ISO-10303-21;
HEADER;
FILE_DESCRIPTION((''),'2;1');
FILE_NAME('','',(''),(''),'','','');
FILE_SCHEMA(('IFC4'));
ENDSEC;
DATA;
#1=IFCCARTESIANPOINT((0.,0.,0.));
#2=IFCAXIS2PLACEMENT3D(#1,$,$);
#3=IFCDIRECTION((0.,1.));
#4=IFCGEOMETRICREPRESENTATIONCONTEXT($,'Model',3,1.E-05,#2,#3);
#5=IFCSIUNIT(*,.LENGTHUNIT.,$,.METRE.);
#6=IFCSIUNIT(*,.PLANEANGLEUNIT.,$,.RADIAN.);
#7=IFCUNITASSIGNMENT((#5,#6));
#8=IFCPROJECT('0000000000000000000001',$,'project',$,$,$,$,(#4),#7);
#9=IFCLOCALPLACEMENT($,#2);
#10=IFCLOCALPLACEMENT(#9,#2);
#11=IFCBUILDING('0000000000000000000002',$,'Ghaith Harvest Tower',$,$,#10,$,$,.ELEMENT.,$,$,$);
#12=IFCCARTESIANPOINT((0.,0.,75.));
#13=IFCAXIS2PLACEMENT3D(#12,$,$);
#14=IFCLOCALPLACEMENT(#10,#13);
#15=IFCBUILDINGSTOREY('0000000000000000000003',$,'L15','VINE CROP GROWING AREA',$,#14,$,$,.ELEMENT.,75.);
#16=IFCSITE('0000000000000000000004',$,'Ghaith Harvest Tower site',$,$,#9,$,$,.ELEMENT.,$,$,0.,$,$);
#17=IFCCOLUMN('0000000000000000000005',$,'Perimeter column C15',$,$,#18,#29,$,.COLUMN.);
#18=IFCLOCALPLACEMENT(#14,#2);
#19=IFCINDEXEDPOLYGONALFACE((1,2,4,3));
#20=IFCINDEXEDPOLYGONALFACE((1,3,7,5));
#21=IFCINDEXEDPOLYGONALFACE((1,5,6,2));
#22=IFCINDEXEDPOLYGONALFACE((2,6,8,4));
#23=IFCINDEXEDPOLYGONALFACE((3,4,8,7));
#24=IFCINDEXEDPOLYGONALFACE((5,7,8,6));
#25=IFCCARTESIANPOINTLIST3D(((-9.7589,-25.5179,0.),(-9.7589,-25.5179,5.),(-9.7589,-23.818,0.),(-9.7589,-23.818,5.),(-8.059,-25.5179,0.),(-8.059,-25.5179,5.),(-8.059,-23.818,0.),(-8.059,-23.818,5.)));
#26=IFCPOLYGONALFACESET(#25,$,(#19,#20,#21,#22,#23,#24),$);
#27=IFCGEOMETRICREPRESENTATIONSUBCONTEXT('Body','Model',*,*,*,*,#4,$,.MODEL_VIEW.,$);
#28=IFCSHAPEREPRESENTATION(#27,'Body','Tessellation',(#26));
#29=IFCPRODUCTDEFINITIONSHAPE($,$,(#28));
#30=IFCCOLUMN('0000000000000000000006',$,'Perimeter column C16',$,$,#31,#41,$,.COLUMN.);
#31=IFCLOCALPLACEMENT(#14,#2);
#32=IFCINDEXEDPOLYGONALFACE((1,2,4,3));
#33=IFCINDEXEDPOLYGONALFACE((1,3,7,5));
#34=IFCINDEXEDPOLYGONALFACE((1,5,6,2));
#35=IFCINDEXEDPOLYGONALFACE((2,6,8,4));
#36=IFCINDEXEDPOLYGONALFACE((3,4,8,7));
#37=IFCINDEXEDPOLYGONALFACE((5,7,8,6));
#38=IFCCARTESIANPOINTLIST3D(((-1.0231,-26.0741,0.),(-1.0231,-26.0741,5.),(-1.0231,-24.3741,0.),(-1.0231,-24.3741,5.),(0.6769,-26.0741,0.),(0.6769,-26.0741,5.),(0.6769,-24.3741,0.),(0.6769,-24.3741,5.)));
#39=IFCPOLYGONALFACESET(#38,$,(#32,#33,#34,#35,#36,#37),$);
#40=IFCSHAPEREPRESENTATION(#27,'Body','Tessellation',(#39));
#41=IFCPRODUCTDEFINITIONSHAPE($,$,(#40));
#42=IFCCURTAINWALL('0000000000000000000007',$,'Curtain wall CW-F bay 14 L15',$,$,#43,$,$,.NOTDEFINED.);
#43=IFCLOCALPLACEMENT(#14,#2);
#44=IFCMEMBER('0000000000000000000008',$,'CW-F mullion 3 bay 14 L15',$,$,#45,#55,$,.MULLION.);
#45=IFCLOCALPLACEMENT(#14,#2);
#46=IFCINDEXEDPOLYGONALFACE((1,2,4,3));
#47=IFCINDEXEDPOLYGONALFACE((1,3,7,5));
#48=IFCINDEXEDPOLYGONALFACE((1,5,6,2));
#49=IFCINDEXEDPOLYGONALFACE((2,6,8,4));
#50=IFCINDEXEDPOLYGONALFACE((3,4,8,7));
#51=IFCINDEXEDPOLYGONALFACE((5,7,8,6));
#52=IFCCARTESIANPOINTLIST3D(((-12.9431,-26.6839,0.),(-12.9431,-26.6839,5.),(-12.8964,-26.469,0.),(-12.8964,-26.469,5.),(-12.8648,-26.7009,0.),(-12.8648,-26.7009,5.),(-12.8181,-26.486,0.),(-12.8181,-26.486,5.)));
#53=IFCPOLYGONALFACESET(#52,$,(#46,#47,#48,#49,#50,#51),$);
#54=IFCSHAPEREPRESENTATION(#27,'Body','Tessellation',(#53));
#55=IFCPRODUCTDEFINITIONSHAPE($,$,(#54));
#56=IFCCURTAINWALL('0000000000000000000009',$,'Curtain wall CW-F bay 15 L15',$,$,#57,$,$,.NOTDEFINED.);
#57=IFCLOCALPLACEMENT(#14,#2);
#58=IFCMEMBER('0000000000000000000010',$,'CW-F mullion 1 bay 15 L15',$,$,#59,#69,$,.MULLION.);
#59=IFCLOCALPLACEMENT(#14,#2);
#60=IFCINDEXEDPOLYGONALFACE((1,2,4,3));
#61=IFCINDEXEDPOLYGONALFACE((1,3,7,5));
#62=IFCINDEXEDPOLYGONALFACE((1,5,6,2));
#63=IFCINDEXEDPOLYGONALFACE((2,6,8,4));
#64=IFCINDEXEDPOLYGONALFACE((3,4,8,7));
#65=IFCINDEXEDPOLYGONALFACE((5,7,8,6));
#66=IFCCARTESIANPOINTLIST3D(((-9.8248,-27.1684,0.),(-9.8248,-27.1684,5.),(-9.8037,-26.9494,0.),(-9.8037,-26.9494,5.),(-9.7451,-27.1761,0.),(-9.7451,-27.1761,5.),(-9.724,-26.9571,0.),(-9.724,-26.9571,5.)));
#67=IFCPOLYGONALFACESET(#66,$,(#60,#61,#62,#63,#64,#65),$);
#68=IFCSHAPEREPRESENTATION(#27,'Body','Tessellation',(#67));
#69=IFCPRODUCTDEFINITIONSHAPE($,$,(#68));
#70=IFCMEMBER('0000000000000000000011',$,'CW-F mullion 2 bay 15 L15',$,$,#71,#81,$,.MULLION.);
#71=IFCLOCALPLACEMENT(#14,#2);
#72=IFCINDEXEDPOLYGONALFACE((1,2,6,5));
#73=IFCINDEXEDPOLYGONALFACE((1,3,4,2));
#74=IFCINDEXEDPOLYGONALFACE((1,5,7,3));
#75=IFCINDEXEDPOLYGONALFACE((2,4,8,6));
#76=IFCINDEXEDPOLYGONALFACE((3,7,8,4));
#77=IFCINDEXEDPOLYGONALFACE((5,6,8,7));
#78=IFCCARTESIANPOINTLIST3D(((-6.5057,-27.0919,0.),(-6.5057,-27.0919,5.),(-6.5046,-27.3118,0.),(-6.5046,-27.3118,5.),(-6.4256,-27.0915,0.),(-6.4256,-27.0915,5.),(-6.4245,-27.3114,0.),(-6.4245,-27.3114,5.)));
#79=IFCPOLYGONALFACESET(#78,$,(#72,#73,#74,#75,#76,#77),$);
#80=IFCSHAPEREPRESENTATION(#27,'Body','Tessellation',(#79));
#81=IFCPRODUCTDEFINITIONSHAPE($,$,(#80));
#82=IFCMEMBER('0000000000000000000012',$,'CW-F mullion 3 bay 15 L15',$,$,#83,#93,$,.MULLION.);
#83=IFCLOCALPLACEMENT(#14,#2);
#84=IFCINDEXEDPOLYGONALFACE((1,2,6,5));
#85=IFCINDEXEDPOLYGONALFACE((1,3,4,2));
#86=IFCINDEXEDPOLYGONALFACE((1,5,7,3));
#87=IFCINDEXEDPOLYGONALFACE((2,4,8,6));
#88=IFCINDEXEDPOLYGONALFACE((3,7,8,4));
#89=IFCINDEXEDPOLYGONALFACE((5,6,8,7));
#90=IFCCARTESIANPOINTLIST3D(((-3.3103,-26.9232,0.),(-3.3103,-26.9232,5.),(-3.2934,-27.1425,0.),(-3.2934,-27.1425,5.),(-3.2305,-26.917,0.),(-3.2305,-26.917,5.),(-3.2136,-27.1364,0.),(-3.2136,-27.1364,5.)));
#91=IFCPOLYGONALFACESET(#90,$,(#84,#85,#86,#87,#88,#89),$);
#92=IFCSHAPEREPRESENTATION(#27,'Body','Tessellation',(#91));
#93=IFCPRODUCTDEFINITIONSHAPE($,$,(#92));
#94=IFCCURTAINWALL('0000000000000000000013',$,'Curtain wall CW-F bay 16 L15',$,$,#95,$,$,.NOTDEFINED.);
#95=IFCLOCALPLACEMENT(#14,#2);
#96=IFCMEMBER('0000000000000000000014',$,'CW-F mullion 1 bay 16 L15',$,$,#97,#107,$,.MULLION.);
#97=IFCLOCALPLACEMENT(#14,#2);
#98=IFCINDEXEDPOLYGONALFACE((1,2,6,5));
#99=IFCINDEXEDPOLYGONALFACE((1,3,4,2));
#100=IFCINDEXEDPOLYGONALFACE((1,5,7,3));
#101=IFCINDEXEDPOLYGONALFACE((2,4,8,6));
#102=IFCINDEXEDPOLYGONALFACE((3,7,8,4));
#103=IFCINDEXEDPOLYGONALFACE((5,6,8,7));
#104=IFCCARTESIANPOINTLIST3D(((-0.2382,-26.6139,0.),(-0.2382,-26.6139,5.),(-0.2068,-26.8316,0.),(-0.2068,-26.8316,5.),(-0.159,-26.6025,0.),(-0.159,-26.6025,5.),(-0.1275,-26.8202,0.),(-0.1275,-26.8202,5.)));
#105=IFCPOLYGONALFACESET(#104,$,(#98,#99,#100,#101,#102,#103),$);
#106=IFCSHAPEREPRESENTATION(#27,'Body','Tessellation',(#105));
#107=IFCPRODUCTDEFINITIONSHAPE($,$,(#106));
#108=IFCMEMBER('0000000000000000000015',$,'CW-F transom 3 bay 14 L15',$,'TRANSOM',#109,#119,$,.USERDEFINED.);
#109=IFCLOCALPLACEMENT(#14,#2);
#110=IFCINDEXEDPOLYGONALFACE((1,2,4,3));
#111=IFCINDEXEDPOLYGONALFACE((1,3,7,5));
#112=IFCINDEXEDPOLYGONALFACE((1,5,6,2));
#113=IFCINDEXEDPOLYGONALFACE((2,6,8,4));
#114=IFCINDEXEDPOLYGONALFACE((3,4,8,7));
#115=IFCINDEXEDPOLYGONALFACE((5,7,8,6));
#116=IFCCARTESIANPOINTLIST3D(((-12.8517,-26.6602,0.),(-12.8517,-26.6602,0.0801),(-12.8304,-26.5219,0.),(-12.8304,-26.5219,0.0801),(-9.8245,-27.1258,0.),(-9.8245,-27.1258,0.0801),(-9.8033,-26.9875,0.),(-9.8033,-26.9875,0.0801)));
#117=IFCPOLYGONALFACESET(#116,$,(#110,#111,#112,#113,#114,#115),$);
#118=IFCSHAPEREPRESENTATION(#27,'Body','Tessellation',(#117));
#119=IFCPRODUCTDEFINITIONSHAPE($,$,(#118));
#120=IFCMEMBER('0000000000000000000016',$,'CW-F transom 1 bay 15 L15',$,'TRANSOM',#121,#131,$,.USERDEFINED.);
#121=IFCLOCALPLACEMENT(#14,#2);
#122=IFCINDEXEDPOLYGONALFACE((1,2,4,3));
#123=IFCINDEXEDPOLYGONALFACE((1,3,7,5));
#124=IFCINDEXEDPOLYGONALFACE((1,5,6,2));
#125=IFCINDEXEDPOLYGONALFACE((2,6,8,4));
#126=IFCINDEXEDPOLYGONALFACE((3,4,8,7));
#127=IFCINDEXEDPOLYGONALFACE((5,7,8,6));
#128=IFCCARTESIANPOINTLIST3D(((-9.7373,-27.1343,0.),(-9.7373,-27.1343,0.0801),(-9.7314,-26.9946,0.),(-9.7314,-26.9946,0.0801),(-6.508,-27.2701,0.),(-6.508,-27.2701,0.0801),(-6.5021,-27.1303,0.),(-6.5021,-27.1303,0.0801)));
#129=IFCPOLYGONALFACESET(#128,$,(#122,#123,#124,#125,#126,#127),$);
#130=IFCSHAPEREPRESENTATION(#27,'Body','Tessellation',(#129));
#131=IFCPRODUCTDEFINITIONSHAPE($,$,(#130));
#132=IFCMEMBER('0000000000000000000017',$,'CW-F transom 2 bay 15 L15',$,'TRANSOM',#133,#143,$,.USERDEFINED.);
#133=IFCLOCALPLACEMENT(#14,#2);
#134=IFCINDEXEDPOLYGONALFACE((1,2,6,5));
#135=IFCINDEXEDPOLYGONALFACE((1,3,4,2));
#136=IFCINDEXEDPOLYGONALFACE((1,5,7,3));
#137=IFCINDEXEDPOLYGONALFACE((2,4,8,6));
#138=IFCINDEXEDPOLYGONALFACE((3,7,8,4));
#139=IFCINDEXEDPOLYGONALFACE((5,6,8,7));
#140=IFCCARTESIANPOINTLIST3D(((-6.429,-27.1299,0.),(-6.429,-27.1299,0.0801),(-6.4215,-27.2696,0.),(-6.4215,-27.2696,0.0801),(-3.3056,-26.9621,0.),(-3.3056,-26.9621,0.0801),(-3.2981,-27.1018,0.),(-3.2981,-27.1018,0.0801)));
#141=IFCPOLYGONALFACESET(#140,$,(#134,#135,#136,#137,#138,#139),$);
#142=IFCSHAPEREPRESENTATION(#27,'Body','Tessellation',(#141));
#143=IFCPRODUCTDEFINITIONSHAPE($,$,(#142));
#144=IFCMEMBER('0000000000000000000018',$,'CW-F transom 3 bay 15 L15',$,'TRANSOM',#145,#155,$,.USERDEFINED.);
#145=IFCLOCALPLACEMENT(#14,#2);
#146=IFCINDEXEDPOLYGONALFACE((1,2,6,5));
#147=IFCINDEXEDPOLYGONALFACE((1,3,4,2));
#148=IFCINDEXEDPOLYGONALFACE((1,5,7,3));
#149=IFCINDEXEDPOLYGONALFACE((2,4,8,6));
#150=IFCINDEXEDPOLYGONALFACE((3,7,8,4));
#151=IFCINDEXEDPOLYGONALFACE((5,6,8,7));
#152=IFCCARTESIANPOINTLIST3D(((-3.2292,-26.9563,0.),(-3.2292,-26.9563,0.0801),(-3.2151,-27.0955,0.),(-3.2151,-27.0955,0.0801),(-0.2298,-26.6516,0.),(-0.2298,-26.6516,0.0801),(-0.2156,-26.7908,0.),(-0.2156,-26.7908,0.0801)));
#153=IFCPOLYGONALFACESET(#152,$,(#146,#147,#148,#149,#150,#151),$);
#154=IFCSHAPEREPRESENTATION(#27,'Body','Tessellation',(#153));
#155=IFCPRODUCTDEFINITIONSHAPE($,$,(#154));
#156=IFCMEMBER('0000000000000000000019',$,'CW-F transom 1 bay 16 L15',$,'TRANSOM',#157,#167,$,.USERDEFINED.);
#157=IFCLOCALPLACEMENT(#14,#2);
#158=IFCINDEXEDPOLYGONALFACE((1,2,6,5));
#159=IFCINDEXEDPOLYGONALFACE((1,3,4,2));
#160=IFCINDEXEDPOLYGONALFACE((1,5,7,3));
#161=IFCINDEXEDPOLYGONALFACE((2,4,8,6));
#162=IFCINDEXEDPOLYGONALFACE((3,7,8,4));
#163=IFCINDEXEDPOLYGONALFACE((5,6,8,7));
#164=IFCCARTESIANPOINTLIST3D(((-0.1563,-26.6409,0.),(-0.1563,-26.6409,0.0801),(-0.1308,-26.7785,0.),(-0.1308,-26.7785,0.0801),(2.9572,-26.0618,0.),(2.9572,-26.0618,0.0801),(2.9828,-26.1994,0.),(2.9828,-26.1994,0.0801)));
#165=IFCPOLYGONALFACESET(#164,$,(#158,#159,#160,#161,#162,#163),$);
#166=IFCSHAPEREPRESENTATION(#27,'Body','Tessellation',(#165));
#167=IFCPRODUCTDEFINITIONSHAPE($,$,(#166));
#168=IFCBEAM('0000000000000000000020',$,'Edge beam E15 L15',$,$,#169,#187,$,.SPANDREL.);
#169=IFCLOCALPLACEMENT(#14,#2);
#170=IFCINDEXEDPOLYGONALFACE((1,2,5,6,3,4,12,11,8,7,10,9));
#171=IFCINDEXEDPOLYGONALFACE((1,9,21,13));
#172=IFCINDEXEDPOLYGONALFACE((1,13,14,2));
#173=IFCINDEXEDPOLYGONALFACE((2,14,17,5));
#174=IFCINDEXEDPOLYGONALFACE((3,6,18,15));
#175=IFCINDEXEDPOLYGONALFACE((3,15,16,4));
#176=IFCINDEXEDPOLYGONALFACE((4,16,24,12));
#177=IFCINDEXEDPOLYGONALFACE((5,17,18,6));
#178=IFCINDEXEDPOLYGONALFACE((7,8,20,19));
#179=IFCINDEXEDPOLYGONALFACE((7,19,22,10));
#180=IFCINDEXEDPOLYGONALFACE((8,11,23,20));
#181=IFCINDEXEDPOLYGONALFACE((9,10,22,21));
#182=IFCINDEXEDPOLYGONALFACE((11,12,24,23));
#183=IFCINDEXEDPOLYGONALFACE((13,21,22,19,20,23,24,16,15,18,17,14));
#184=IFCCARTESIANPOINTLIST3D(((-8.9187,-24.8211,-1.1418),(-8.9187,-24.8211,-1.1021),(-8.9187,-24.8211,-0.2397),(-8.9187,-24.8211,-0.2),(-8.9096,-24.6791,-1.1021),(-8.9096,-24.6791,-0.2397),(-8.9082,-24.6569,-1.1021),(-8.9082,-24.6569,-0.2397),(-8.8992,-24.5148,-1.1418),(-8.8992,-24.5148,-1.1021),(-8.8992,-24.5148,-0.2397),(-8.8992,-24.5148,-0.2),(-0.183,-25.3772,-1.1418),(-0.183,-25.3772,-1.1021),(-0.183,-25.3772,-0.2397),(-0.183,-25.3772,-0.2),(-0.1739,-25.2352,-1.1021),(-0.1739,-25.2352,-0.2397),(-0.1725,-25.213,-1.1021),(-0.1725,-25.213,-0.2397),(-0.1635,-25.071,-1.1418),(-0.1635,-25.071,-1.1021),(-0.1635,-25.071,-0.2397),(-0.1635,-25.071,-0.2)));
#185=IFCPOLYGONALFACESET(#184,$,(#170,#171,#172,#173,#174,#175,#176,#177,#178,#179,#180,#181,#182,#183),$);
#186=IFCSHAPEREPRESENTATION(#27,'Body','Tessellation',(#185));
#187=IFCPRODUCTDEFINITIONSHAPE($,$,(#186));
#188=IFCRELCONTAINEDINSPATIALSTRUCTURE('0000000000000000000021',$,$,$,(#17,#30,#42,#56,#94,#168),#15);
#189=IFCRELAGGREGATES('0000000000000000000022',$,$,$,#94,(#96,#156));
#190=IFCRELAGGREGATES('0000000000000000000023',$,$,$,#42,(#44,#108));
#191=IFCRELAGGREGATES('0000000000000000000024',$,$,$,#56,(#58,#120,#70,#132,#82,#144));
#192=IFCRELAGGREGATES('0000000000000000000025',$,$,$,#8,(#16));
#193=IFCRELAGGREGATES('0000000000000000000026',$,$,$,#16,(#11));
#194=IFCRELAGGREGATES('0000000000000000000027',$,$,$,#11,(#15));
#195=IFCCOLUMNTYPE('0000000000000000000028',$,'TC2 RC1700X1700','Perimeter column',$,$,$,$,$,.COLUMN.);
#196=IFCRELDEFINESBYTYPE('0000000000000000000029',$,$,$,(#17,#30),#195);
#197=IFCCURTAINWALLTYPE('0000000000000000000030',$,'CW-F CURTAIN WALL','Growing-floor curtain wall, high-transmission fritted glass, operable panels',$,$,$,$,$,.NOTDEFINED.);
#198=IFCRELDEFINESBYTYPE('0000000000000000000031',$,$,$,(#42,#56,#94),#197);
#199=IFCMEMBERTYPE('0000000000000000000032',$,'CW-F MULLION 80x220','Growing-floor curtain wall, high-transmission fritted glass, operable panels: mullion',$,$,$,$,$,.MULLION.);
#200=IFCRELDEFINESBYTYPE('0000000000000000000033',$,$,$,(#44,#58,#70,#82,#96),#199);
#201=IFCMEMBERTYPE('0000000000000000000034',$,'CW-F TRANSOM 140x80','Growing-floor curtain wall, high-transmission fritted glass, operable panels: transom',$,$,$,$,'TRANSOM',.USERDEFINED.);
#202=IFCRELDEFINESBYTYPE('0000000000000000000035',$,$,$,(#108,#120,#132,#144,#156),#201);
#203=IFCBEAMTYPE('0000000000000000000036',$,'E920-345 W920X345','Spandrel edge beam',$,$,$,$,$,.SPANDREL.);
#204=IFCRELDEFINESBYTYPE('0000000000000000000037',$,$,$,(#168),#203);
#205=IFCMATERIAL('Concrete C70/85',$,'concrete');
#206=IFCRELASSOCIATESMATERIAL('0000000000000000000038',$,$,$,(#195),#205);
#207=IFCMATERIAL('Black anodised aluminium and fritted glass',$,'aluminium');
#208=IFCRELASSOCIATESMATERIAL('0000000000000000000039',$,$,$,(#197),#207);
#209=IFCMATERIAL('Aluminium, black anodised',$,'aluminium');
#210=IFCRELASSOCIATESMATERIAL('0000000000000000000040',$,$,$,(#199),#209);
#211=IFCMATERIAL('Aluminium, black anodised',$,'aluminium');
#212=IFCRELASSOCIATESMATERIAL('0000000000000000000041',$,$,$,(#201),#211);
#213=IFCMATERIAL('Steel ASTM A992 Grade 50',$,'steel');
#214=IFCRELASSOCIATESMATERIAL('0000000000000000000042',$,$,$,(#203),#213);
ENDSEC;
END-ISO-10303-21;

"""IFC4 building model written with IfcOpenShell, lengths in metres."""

from ifc_helpers import new_model, si_unit, direction, frame, origin, origin_2d, place, context, subcontext, project, spatial, rectangle, i_section, extrude, material, material_profile, profile_set, type_object, element, aggregate, save


model = new_model("IFC4")

# Units and contexts
model_context = context("Model", 3, precision=1e-05, world=origin(), true_north=direction((0.0, 1.0)))
body_context = subcontext(model_context, "Body", "Model", "MODEL_VIEW")
ifc_project = project(units=[si_unit("LENGTHUNIT", "METRE"), si_unit("PLANEANGLEUNIT", "RADIAN")], contexts=[model_context])

# Site, building, storey
site_placement = place(None, origin())
site = spatial("IfcSite", under=ifc_project, at=site_placement, Name="Ghaith Harvest Tower site", CompositionType="ELEMENT", RefElevation=0.0)
building_placement = place(site_placement, origin())
building = spatial("IfcBuilding", under=site, at=building_placement, Name="Ghaith Harvest Tower", CompositionType="ELEMENT")
storey_placement = place(building_placement, frame((0.0, 0.0, 75.0)))
storey = spatial("IfcBuildingStorey", under=building, at=storey_placement, Name="L15", Description="VINE CROP GROWING AREA", CompositionType="ELEMENT", Elevation=75.0)

# Columns
ifc_material_1 = material(Name="Concrete C70/85", Category="concrete")
ifc_material_profile_1 = material_profile(ifc_material_1, rectangle(XDim=1.7, YDim=1.7, at=origin_2d()), Name="RC1700X1700")
ifc_profile_set_1 = profile_set([ifc_material_profile_1], Name="Concrete C70/85")
column_type = type_object("IfcColumnType", Name="TC2 RC1700X1700", Description="Perimeter column", PredefinedType="COLUMN", material=ifc_profile_set_1)
for number, where, z_axis, x_axis, name in (
    (1, (-8.9089, -24.668, 0.0), (0.0, 0.0, 1.0), (1.0, 0.0, 0.0), "Perimeter column C15"),
    (2, (-0.1731, -25.2241, 0.0), (0.0, 0.0, 1.0), (1.0, 0.0, 0.0), "Perimeter column C16"),
):
    element("IfcColumn", number, at=place(storey_placement, frame(where, z_axis=z_axis, x_axis=x_axis)), inside=storey, type_object=column_type, Name=name, PredefinedType="COLUMN", context=body_context, shape_type="SweptSolid", body=[
        extrude(rectangle(XDim=1.7, YDim=1.7, at=origin_2d()), origin(), (0.0, 0.0, 1.0), 5.0),
    ])

# Curtain wall, member
ifc_material_2 = material(Name="Black anodised aluminium and fritted glass", Category="aluminium")
curtain_wall_type = type_object("IfcCurtainWallType", Name="CW-F CURTAIN WALL", Description="Growing-floor curtain wall, high-transmission fritted glass, operable panels", PredefinedType="NOTDEFINED", material=ifc_material_2)
curtain_wall_1_placement = place(storey_placement, origin())
curtain_wall_1 = element("IfcCurtainWall", 3, at=curtain_wall_1_placement, inside=storey, type_object=curtain_wall_type, Name="Curtain wall CW-F bay 14 L15", PredefinedType="NOTDEFINED")
ifc_material_3 = material(Name="Aluminium, black anodised", Category="aluminium")
ifc_material_profile_2 = material_profile(ifc_material_3, rectangle(XDim=0.0801, YDim=0.22, at=origin_2d()), Name="CW-F MULLION 80x220")
ifc_profile_set_2 = profile_set([ifc_material_profile_2], Name="Aluminium, black anodised")
member_type_1 = type_object("IfcMemberType", Name="CW-F MULLION 80x220", Description="Growing-floor curtain wall, high-transmission fritted glass, operable panels: mullion", PredefinedType="MULLION", material=ifc_profile_set_2)
member_1_placement = place(storey_placement, frame((-12.8806, -26.585, 0.0), z_axis=(0.0, 0.0, 1.0), x_axis=(0.977207, -0.212289, 0.0)))
member_1 = element("IfcMember", 4, at=member_1_placement, type_object=member_type_1, Name="CW-F mullion 3 bay 14 L15", PredefinedType="MULLION", context=body_context, shape_type="SweptSolid", body=[
    extrude(rectangle(XDim=0.0801, YDim=0.22, at=origin_2d()), origin(), (0.0, 0.0, 1.0), 5.0),
])

# Curtain wall, members
curtain_wall_2_placement = place(storey_placement, origin())
curtain_wall_2 = element("IfcCurtainWall", 5, at=curtain_wall_2_placement, inside=storey, type_object=curtain_wall_type, Name="Curtain wall CW-F bay 15 L15", PredefinedType="NOTDEFINED")
member_2_placement = place(storey_placement, frame((-9.7744, -27.0627, 0.0), z_axis=(0.0, 0.0, 1.0), x_axis=(0.995408, -0.095718, 0.0)))
member_2 = element("IfcMember", 6, at=member_2_placement, type_object=member_type_1, Name="CW-F mullion 1 bay 15 L15", PredefinedType="MULLION", context=body_context, shape_type="SweptSolid", body=[
    extrude(rectangle(XDim=0.0801, YDim=0.22, at=origin_2d()), origin(), (0.0, 0.0, 1.0), 5.0),
])
member_3_placement = place(storey_placement, frame((-6.4651, -27.2017, 0.0), z_axis=(0.0, 0.0, 1.0), x_axis=(0.999987, 0.005058, 0.0)))
member_3 = element("IfcMember", 7, at=member_3_placement, type_object=member_type_1, Name="CW-F mullion 2 bay 15 L15", PredefinedType="MULLION", context=body_context, shape_type="SweptSolid", body=[
    extrude(rectangle(XDim=0.0801, YDim=0.22, at=origin_2d()), origin(), (0.0, 0.0, 1.0), 5.0),
])
member_4_placement = place(storey_placement, frame((-3.262, -27.0298, 0.0), z_axis=(0.0, 0.0, 1.0), x_axis=(0.997038, 0.076917, 0.0)))
member_4 = element("IfcMember", 8, at=member_4_placement, type_object=member_type_1, Name="CW-F mullion 3 bay 15 L15", PredefinedType="MULLION", context=body_context, shape_type="SweptSolid", body=[
    extrude(rectangle(XDim=0.0801, YDim=0.22, at=origin_2d()), origin(), (0.0, 0.0, 1.0), 5.0),
])

# Curtain wall, member
curtain_wall_3_placement = place(storey_placement, origin())
curtain_wall_3 = element("IfcCurtainWall", 9, at=curtain_wall_3_placement, inside=storey, type_object=curtain_wall_type, Name="Curtain wall CW-F bay 16 L15", PredefinedType="NOTDEFINED")
member_5_placement = place(storey_placement, frame((-0.1829, -26.717, 0.0), z_axis=(0.0, 0.0, 1.0), x_axis=(0.989712, 0.143075, 0.0)))
member_5 = element("IfcMember", 10, at=member_5_placement, type_object=member_type_1, Name="CW-F mullion 1 bay 16 L15", PredefinedType="MULLION", context=body_context, shape_type="SweptSolid", body=[
    extrude(rectangle(XDim=0.0801, YDim=0.22, at=origin_2d()), origin(), (0.0, 0.0, 1.0), 5.0),
])

# Members
ifc_material_4 = material(Name="Aluminium, black anodised", Category="aluminium")
ifc_material_profile_3 = material_profile(ifc_material_4, rectangle(XDim=0.1399, YDim=0.0801, at=origin_2d()), Name="CW-F TRANSOM 140x80")
ifc_profile_set_3 = profile_set([ifc_material_profile_3], Name="Aluminium, black anodised")
member_type_2 = type_object("IfcMemberType", Name="CW-F TRANSOM 140x80", Description="Growing-floor curtain wall, high-transmission fritted glass, operable panels: transom", ElementType="TRANSOM", PredefinedType="USERDEFINED", material=ifc_profile_set_3)
member_6_placement = place(storey_placement, frame((-12.8411, -26.5911, 0.04), z_axis=(0.988378, -0.152015, 0.0), x_axis=(0.152015, 0.988378, 0.0)))
member_6 = element("IfcMember", 11, at=member_6_placement, type_object=member_type_2, Name="CW-F transom 3 bay 14 L15", ObjectType="TRANSOM", PredefinedType="USERDEFINED", context=body_context, shape_type="SweptSolid", body=[
    extrude(rectangle(XDim=0.1399, YDim=0.0801, at=origin_2d()), origin(), (0.0, 0.0, 1.0), 3.0627),
])
member_7_placement = place(storey_placement, frame((-9.7344, -27.0645, 0.04), z_axis=(0.999118, -0.041998, 0.0), x_axis=(0.041998, 0.999118, 0.0)))
member_7 = element("IfcMember", 12, at=member_7_placement, type_object=member_type_2, Name="CW-F transom 1 bay 15 L15", ObjectType="TRANSOM", PredefinedType="USERDEFINED", context=body_context, shape_type="SweptSolid", body=[
    extrude(rectangle(XDim=0.1399, YDim=0.0801, at=origin_2d()), origin(), (0.0, 0.0, 1.0), 3.2322),
])
member_8_placement = place(storey_placement, frame((-6.4253, -27.1997, 0.04), z_axis=(0.998561, 0.05362, 0.0), x_axis=(-0.05362, 0.998561, 0.0)))
member_8 = element("IfcMember", 13, at=member_8_placement, type_object=member_type_2, Name="CW-F transom 2 bay 15 L15", ObjectType="TRANSOM", PredefinedType="USERDEFINED", context=body_context, shape_type="SweptSolid", body=[
    extrude(rectangle(XDim=0.1399, YDim=0.0801, at=origin_2d()), origin(), (0.0, 0.0, 1.0), 3.1279),
])
member_9_placement = place(storey_placement, frame((-3.2222, -27.0259, 0.04), z_axis=(0.99488, 0.101059, 0.0), x_axis=(-0.101059, 0.99488, 0.0)))
member_9 = element("IfcMember", 14, at=member_9_placement, type_object=member_type_2, Name="CW-F transom 3 bay 15 L15", ObjectType="TRANSOM", PredefinedType="USERDEFINED", context=body_context, shape_type="SweptSolid", body=[
    extrude(rectangle(XDim=0.1399, YDim=0.0801, at=origin_2d()), origin(), (0.0, 0.0, 1.0), 3.0149),
])
member_10_placement = place(storey_placement, frame((-0.1436, -26.7097, 0.04), z_axis=(0.983139, 0.182859, 0.0), x_axis=(-0.182859, 0.983139, 0.0)))
member_10 = element("IfcMember", 15, at=member_10_placement, type_object=member_type_2, Name="CW-F transom 1 bay 16 L15", ObjectType="TRANSOM", PredefinedType="USERDEFINED", context=body_context, shape_type="SweptSolid", body=[
    extrude(rectangle(XDim=0.1399, YDim=0.0801, at=origin_2d()), origin(), (0.0, 0.0, 1.0), 3.167),
])
aggregate(curtain_wall_3, [member_5, member_10])

# Beam
ifc_material_5 = material(Name="Steel ASTM A992 Grade 50", Category="steel")
ifc_material_profile_4 = material_profile(ifc_material_5, i_section(OverallWidth=0.3069, OverallDepth=0.9419, WebThickness=0.0222, FlangeThickness=0.0398, at=origin_2d()), Name="W920X345")
ifc_profile_set_4 = profile_set([ifc_material_profile_4], Name="Steel ASTM A992 Grade 50")
beam_type_1 = type_object("IfcBeamType", Name="E920-345 W920X345", Description="Spandrel edge beam", PredefinedType="SPANDREL", material=ifc_profile_set_4)
beam_1_placement = place(storey_placement, frame((-8.9089, -24.668, -0.6709), z_axis=(0.99798, -0.063535, 0.0), x_axis=(0.063535, 0.99798, 0.0)))
element("IfcBeam", 16, at=beam_1_placement, inside=storey, type_object=beam_type_1, Name="Edge beam E15 L15", PredefinedType="SPANDREL", context=body_context, shape_type="SweptSolid", body=[
    extrude(i_section(OverallWidth=0.3069, OverallDepth=0.9419, WebThickness=0.0222, FlangeThickness=0.0398, at=origin_2d()), origin(), (0.0, 0.0, 1.0), 8.7534),
])

aggregate(curtain_wall_1, [member_1, member_6])
aggregate(curtain_wall_2, [member_2, member_7, member_3, member_8, member_4, member_9])

save(model, "model.ifc")
